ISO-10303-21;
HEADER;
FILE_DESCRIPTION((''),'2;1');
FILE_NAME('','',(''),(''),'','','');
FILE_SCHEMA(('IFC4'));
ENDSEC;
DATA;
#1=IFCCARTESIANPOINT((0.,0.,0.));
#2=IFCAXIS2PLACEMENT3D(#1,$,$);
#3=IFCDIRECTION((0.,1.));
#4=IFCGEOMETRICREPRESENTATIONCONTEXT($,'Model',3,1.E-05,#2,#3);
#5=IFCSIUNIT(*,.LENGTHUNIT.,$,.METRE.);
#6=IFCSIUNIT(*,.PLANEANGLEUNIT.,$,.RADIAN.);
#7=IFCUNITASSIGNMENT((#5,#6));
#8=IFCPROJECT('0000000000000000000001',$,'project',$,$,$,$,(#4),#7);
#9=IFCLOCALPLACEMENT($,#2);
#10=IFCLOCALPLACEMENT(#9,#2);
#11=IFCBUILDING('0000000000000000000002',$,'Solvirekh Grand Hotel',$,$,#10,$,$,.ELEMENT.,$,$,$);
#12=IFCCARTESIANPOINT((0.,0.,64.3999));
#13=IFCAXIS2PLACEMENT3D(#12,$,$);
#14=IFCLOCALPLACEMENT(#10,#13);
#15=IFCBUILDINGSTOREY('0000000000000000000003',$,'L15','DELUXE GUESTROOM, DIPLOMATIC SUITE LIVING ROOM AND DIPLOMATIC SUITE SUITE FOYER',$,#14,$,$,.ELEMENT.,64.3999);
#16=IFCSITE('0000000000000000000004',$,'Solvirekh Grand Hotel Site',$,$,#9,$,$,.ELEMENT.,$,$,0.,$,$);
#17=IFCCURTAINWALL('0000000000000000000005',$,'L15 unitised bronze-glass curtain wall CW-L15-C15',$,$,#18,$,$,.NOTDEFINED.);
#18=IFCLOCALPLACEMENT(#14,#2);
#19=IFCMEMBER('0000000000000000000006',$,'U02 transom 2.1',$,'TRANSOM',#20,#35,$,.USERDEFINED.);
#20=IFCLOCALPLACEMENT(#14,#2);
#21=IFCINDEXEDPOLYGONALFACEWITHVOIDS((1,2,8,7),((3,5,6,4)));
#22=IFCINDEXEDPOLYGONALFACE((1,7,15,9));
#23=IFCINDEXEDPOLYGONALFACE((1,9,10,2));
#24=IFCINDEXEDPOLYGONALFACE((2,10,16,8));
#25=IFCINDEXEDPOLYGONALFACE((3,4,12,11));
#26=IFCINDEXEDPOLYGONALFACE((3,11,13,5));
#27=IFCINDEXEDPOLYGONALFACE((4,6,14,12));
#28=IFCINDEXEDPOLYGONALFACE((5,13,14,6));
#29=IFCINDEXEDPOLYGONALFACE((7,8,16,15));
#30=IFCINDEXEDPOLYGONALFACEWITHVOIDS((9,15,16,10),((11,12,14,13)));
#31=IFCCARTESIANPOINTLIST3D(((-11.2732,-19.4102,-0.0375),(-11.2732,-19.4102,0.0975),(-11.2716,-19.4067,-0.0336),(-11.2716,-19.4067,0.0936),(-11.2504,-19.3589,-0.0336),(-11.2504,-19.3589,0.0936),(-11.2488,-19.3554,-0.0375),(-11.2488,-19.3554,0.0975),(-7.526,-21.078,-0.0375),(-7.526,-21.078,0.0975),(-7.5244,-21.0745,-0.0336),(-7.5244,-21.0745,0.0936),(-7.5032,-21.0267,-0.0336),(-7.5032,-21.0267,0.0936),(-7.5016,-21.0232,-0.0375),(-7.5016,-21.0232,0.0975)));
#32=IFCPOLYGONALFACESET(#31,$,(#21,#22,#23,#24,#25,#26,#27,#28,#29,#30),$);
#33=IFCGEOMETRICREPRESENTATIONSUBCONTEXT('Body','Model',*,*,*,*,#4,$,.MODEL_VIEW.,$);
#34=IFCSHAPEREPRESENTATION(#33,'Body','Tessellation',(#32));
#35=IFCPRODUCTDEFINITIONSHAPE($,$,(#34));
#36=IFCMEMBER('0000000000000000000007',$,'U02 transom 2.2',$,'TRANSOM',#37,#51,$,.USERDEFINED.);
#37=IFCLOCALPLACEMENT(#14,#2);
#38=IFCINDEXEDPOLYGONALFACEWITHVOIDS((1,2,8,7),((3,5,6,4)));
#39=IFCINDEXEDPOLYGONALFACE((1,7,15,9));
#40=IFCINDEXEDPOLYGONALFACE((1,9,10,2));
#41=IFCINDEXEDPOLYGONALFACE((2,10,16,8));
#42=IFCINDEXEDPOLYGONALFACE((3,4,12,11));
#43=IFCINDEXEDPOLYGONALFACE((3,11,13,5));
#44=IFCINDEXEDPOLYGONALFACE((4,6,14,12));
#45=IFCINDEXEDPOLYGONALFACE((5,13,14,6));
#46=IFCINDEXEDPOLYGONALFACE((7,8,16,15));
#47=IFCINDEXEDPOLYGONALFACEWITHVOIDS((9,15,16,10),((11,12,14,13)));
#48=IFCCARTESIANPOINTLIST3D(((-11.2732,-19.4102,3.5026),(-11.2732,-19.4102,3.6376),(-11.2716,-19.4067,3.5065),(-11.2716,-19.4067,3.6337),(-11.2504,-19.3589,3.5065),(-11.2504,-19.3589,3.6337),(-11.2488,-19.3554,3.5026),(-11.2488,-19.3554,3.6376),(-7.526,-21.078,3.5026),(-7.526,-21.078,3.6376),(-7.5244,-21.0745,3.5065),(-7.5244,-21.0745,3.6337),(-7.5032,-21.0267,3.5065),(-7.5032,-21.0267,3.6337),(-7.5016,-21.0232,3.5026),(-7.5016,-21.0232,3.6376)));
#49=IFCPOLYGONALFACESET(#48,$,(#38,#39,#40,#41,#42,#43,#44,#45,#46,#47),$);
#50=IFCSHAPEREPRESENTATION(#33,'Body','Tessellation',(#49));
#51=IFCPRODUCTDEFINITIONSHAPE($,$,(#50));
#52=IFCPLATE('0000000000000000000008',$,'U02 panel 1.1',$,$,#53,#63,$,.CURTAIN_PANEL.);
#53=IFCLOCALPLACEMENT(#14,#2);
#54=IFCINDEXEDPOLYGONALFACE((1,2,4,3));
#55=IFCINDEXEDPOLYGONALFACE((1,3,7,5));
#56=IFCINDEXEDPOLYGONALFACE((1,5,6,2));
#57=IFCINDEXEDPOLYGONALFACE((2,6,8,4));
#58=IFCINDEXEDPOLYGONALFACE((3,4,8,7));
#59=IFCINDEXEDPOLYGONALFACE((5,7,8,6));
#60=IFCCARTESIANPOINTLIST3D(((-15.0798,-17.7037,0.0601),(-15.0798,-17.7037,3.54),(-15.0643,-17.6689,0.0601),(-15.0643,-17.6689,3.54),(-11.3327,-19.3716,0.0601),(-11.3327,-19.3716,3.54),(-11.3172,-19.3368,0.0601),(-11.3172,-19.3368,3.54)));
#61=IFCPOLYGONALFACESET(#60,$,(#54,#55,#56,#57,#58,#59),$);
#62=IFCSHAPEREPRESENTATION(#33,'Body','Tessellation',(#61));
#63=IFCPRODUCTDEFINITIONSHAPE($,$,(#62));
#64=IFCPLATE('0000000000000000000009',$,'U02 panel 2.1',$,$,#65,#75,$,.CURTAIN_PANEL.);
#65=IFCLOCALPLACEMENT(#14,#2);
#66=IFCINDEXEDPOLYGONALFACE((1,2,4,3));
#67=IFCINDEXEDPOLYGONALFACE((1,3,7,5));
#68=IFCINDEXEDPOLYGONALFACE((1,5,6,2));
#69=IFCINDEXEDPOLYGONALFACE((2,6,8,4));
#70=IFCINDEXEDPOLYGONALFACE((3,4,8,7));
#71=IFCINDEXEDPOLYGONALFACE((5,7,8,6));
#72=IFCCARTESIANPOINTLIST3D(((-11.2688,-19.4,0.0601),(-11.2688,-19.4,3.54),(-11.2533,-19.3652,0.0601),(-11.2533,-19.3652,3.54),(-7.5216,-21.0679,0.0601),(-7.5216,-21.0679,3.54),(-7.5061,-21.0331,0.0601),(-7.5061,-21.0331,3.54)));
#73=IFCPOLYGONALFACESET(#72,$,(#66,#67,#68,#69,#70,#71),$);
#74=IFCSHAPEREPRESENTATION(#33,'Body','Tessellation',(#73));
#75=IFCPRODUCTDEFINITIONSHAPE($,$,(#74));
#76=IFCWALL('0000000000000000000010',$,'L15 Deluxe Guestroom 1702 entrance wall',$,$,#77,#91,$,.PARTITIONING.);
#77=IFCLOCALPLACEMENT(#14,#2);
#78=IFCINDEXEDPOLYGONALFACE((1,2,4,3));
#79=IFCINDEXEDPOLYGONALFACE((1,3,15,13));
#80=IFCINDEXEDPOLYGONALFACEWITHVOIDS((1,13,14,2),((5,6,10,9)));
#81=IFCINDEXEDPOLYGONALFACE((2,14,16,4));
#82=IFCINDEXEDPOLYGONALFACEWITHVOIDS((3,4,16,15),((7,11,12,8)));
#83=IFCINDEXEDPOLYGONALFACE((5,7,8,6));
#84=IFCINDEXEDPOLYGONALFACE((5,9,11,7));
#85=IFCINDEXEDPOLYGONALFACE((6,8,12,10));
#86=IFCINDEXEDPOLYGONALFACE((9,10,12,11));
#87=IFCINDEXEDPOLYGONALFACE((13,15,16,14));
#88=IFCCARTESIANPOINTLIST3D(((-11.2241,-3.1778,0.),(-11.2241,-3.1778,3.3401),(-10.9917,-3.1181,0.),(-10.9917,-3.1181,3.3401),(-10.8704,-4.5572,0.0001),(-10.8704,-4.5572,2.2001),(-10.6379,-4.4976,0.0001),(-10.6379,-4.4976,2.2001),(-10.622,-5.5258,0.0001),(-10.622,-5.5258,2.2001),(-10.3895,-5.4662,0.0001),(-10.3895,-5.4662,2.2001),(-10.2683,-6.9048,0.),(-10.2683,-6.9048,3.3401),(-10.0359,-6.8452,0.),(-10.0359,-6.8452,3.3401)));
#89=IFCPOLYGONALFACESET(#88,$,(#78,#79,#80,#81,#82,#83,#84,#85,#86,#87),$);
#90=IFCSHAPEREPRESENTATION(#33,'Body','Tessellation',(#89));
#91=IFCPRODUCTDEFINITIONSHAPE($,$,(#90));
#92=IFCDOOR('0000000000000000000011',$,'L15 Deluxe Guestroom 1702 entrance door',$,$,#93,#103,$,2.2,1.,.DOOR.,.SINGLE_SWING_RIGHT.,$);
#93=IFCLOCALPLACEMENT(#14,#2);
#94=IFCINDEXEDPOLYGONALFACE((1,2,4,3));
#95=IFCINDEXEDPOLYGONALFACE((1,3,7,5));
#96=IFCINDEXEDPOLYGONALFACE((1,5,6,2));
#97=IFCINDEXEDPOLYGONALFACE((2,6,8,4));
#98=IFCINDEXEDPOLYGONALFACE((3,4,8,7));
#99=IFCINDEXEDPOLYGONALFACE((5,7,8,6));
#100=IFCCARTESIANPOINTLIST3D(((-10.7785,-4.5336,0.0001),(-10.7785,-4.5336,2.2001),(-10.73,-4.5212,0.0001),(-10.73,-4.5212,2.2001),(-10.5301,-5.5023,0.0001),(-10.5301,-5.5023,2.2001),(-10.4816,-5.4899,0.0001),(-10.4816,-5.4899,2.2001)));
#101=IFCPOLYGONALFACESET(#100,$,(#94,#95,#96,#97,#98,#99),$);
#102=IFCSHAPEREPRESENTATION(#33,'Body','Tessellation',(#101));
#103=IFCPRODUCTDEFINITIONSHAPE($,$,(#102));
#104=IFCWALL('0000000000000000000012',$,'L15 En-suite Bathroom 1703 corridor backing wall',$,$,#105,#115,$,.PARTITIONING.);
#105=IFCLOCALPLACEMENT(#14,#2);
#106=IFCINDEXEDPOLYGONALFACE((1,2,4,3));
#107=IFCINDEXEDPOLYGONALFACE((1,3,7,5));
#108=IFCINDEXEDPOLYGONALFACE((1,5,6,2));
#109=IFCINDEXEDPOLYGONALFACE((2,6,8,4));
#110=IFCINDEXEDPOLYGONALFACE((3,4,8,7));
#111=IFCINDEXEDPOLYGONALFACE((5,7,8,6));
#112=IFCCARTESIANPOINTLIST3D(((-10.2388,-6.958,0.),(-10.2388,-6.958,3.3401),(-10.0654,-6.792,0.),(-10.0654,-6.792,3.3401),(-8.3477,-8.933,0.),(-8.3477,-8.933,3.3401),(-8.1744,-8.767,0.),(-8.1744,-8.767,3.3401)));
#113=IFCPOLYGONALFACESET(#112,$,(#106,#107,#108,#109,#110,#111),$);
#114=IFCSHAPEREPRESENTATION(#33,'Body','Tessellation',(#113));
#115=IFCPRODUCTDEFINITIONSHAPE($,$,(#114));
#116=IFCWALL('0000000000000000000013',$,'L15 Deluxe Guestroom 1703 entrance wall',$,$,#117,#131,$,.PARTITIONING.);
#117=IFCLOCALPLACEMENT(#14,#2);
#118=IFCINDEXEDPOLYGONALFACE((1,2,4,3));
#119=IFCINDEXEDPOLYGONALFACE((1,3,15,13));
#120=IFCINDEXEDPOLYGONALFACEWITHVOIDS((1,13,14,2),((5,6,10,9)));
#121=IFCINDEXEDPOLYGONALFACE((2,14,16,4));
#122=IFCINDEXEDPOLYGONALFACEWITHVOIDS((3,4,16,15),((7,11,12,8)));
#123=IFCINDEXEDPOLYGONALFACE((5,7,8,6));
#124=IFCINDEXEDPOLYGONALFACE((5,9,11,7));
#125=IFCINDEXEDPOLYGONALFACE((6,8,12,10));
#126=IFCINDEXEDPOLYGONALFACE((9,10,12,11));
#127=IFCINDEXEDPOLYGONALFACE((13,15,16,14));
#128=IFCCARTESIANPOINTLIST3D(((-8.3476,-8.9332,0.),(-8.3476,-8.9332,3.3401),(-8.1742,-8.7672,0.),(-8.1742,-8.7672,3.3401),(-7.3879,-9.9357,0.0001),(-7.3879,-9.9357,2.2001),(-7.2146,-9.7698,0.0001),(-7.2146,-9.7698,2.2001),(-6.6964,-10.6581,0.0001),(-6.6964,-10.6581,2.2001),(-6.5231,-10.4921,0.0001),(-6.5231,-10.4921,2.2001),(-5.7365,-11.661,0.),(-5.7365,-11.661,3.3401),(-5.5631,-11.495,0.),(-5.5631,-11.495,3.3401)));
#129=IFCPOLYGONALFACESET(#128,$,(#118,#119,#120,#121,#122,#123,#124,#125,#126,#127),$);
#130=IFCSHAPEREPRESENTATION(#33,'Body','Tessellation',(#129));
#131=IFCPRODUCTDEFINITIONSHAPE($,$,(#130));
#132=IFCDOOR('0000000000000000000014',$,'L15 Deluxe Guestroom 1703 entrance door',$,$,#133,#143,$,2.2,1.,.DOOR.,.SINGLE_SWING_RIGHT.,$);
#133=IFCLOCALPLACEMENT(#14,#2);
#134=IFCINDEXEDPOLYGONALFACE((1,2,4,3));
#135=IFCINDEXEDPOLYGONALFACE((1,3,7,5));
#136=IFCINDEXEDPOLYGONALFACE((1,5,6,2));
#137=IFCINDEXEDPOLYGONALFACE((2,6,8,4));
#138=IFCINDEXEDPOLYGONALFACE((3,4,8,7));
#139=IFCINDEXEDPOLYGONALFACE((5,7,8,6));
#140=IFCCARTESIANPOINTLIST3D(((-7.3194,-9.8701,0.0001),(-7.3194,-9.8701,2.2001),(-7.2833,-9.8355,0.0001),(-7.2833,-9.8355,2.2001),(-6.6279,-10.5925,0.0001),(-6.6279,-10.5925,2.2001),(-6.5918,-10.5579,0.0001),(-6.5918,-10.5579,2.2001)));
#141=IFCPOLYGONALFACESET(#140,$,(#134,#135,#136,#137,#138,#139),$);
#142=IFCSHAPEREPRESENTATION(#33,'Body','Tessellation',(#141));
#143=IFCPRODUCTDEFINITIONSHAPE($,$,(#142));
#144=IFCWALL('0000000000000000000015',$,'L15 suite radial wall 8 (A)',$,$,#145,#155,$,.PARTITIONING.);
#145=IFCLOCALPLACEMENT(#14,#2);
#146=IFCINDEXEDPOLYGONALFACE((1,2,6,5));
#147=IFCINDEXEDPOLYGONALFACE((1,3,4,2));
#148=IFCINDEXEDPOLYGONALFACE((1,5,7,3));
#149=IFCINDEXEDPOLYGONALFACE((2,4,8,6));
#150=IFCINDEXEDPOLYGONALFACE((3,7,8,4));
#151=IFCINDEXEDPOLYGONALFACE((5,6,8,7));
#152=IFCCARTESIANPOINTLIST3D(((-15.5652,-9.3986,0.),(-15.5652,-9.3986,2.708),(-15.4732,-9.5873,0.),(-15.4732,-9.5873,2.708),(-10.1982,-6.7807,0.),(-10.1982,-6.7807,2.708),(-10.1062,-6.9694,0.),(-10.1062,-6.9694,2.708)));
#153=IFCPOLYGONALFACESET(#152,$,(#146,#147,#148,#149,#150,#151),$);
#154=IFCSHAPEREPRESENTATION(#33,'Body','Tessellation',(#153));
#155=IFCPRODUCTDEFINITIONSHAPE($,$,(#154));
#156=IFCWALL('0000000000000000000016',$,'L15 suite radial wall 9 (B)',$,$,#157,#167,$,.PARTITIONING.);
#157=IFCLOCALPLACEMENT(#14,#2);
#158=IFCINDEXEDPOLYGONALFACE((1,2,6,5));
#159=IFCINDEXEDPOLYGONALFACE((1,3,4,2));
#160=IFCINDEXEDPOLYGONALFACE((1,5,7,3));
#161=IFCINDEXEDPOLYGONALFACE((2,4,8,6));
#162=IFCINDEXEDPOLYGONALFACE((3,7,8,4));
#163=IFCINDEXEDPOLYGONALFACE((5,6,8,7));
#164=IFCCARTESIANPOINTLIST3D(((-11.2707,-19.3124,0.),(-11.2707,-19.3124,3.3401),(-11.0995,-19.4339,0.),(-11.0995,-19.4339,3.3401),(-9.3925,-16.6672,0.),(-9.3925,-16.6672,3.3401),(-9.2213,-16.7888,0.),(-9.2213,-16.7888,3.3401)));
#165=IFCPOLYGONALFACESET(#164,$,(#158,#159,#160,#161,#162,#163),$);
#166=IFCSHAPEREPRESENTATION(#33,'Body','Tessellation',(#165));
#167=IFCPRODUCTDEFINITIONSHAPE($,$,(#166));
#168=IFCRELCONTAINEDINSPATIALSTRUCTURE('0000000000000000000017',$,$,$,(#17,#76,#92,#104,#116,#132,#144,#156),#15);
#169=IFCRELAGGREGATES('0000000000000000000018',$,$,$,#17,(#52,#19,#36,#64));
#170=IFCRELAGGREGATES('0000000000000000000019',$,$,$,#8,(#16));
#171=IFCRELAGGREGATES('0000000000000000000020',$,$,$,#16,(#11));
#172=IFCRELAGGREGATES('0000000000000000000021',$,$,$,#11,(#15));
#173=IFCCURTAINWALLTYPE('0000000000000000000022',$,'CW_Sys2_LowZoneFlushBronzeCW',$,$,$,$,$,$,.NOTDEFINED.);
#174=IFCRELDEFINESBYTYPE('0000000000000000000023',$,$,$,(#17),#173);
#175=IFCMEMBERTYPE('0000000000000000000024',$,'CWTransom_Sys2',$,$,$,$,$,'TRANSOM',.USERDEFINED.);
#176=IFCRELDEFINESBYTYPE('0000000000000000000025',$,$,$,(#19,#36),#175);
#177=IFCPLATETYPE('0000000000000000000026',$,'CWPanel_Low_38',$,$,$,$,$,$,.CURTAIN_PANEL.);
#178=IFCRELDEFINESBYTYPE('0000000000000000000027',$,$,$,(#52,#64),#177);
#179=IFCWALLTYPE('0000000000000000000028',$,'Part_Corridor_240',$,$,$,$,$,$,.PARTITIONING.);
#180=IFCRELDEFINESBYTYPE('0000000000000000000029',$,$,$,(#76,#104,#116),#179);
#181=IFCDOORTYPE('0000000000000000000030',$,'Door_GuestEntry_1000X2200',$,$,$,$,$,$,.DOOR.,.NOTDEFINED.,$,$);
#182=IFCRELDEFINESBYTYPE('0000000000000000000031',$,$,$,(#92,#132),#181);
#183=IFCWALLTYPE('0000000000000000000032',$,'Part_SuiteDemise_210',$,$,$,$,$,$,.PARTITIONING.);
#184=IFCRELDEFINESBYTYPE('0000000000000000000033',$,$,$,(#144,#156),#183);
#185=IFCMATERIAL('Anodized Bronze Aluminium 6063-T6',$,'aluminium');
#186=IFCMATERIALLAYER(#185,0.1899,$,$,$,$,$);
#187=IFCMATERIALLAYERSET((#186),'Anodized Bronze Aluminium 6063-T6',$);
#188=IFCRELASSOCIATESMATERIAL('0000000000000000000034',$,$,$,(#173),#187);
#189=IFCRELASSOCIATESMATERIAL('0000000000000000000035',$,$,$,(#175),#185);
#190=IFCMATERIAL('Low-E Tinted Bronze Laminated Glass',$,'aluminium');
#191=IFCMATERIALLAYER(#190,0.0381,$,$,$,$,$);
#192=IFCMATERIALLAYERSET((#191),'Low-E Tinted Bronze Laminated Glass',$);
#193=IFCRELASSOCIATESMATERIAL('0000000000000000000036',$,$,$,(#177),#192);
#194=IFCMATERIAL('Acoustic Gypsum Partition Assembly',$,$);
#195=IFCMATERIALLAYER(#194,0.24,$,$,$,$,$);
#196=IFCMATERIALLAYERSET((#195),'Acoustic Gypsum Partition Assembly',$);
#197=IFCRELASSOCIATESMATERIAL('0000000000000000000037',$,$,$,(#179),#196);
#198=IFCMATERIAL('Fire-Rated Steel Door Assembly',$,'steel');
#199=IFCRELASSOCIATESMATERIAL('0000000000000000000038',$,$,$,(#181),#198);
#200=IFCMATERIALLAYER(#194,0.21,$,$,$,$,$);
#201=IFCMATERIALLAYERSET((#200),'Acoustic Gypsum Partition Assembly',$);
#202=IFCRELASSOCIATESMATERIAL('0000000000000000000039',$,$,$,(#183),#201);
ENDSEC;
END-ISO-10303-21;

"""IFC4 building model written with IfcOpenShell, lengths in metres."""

from ifc_helpers import new_model, si_unit, direction, frame, frame_2d, origin, origin_2d, place, context, subcontext, project, spatial, rectangle, hollow_rectangle, extrude, source, transform, mapped, material, layer, layer_set, material_profile, profile_set, type_object, element, fill, aggregate, save


model = new_model("IFC4")

# Units and contexts
model_context = context("Model", 3, precision=1e-05, world=origin(), true_north=direction((0.0, 1.0)))
body_context = subcontext(model_context, "Body", "Model", "MODEL_VIEW")
ifc_project = project(units=[si_unit("LENGTHUNIT", "METRE"), si_unit("PLANEANGLEUNIT", "RADIAN")], contexts=[model_context])

# Site, building, storey
site_placement = place(None, origin())
site = spatial("IfcSite", under=ifc_project, at=site_placement, Name="Solvirekh Grand Hotel Site", CompositionType="ELEMENT", RefElevation=0.0)
building_placement = place(site_placement, origin())
building = spatial("IfcBuilding", under=site, at=building_placement, Name="Solvirekh Grand Hotel", CompositionType="ELEMENT")
storey_placement = place(building_placement, frame((0.0, 0.0, 64.3999)))
storey = spatial("IfcBuildingStorey", under=building, at=storey_placement, Name="L15", Description="DELUXE GUESTROOM, DIPLOMATIC SUITE LIVING ROOM AND DIPLOMATIC SUITE SUITE FOYER", CompositionType="ELEMENT", Elevation=64.3999)

# Curtain wall, members, plates
ifc_material_1 = material(Name="Anodized Bronze Aluminium 6063-T6", Category="aluminium")
ifc_layer_1 = layer(ifc_material_1, 0.1899)
ifc_layer_set_1 = layer_set([ifc_layer_1], Name="Anodized Bronze Aluminium 6063-T6")
curtain_wall_type = type_object("IfcCurtainWallType", Name="CW_Sys2_LowZoneFlushBronzeCW", PredefinedType="NOTDEFINED", material=ifc_layer_set_1)
curtain_wall_placement = place(storey_placement, origin())
curtain_wall = element("IfcCurtainWall", 1, at=curtain_wall_placement, inside=storey, type_object=curtain_wall_type, Name="L15 unitised bronze-glass curtain wall CW-L15-C15", PredefinedType="NOTDEFINED")
ifc_material_profile_1 = material_profile(ifc_material_1, hollow_rectangle(XDim=0.0601, YDim=0.135, WallThickness=0.0039, at=origin_2d()), Name="ALU RHS 135X60X4")
ifc_profile_set_1 = profile_set([ifc_material_profile_1], Name="Anodized Bronze Aluminium 6063-T6")
member_type_1 = type_object("IfcMemberType", Name="CWTransom_Sys2", ElementType="TRANSOM", PredefinedType="USERDEFINED", material=ifc_profile_set_1)
shared_shape_1 = source(origin(), body_context, "Body", "SweptSolid", [
    extrude(hollow_rectangle(XDim=0.0601, YDim=0.135, WallThickness=0.0039, at=origin_2d()), origin(), (0.0, 0.0, 1.0), 4.1016),
])
member_1_placement = place(storey_placement, frame((-11.261, -19.3828, 0.03), z_axis=(0.913598, -0.406619, 0.0), x_axis=(0.406619, 0.913598, 0.0)))
member_1 = element("IfcMember", 2, at=member_1_placement, type_object=member_type_1, Name="U02 transom 2.1", ObjectType="TRANSOM", PredefinedType="USERDEFINED", context=body_context, shape_type="MappedRepresentation", body=[
    mapped(shared_shape_1, transform((0.0, 0.0, 0.0), x_axis=(1.0, 0.0, 0.0), y_axis=(0.0, 1.0, 0.0), z_axis=(0.0, 0.0, 1.0), scale=1.0)),
])
member_2_placement = place(storey_placement, frame((-11.261, -19.3828, 3.5701), z_axis=(0.913598, -0.406619, 0.0), x_axis=(0.406619, 0.913598, 0.0)))
member_2 = element("IfcMember", 3, at=member_2_placement, type_object=member_type_1, Name="U02 transom 2.2", ObjectType="TRANSOM", PredefinedType="USERDEFINED", context=body_context, shape_type="MappedRepresentation", body=[
    mapped(shared_shape_1, transform((0.0, 0.0, 0.0), x_axis=(1.0, 0.0, 0.0), y_axis=(0.0, 1.0, 0.0), z_axis=(0.0, 0.0, 1.0), scale=1.0)),
])
ifc_material_2 = material(Name="Low-E Tinted Bronze Laminated Glass", Category="aluminium")
ifc_layer_2 = layer(ifc_material_2, 0.0381)
ifc_layer_set_2 = layer_set([ifc_layer_2], Name="Low-E Tinted Bronze Laminated Glass")
plate_type = type_object("IfcPlateType", Name="CWPanel_Low_38", PredefinedType="CURTAIN_PANEL", material=ifc_layer_set_2)
shared_shape_2 = source(origin(), body_context, "Body", "SweptSolid", [
    extrude(rectangle(XDim=4.1016, YDim=0.0381, at=origin_2d()), origin(), (0.0, 0.0, 1.0), 3.48),
])
plate_1_placement = place(storey_placement, frame((-13.1985, -18.5203, 0.0601), z_axis=(0.0, 0.0, 1.0), x_axis=(0.913591, -0.406635, 0.0)))
plate_1 = element("IfcPlate", 4, at=plate_1_placement, type_object=plate_type, Name="U02 panel 1.1", PredefinedType="CURTAIN_PANEL", context=body_context, shape_type="MappedRepresentation", body=[
    mapped(shared_shape_2, transform((0.0, 0.0, 0.0), x_axis=(1.0, 0.0, 0.0), y_axis=(0.0, 1.0, 0.0), z_axis=(0.0, 0.0, 1.0), scale=1.0)),
])
plate_2_placement = place(storey_placement, frame((-9.3875, -20.2166, 0.0601), z_axis=(0.0, 0.0, 1.0), x_axis=(0.913591, -0.406635, 0.0)))
plate_2 = element("IfcPlate", 5, at=plate_2_placement, type_object=plate_type, Name="U02 panel 2.1", PredefinedType="CURTAIN_PANEL", context=body_context, shape_type="MappedRepresentation", body=[
    mapped(shared_shape_2, transform((0.0, 0.0, 0.0), x_axis=(1.0, 0.0, 0.0), y_axis=(0.0, 1.0, 0.0), z_axis=(0.0, 0.0, 1.0), scale=1.0)),
])
aggregate(curtain_wall, [plate_1, member_1, member_2, plate_2])

# Wall, opening, door
ifc_material_3 = material(Name="Acoustic Gypsum Partition Assembly")
ifc_layer_3 = layer(ifc_material_3, 0.24)
ifc_layer_set_3 = layer_set([ifc_layer_3], Name="Acoustic Gypsum Partition Assembly")
wall_type_1 = type_object("IfcWallType", Name="Part_Corridor_240", PredefinedType="PARTITIONING", material=ifc_layer_set_3)
wall_1_placement = place(storey_placement, frame((-11.1079, -3.1479, 0.0), z_axis=(0.0, 0.0, 1.0), x_axis=(0.248414, -0.968654, 0.0)))
wall_1 = element("IfcWall", 6, at=wall_1_placement, inside=storey, type_object=wall_type_1, Name="L15 Deluxe Guestroom 1702 entrance wall", PredefinedType="PARTITIONING", context=body_context, shape_type="SweptSolid", body=[
    extrude(rectangle(XDim=3.8477, YDim=0.24, at=frame_2d((1.9238, 0.0))), origin(), (0.0, 0.0, 1.0), 3.3401),
])
opening_1_placement = place(wall_1_placement, frame((1.4241, 0.0, 0.0)))
opening_1 = element("IfcOpeningElement", 7, at=opening_1_placement, cuts=wall_1, PredefinedType="OPENING", context=body_context, shape_type="SweptSolid", body=[
    extrude(rectangle(XDim=1.0, YDim=2.2, at=frame_2d((0.5, 1.1001))), frame((0.0, 0.1299, 0.0), z_axis=(0.0, -1.0, 0.0), x_axis=(1.0, 0.0, 0.0)), (0.0, 0.0, 1.0), 0.26),
])
ifc_material_4 = material(Name="Fire-Rated Steel Door Assembly", Category="steel")
door_type_1 = type_object("IfcDoorType", Name="Door_GuestEntry_1000X2200", OperationType="NOTDEFINED", PredefinedType="DOOR", material=ifc_material_4)
door_1_placement = place(opening_1_placement, origin())
door_1 = element("IfcDoor", 8, at=door_1_placement, inside=storey, type_object=door_type_1, Name="L15 Deluxe Guestroom 1702 entrance door", OperationType="SINGLE_SWING_RIGHT", OverallHeight=2.2, OverallWidth=1.0, PredefinedType="DOOR", context=body_context, shape_type="SweptSolid", body=[
    extrude(rectangle(XDim=1.0, YDim=2.2, at=frame_2d((0.5, 1.1001))), frame((0.0, 0.0249, 0.0), z_axis=(0.0, -1.0, 0.0), x_axis=(1.0, 0.0, 0.0)), (0.0, 0.0, 1.0), 0.05),
])
fill(opening_1, door_1)

# Wall
wall_2_placement = place(storey_placement, frame((-10.1521, -6.875, 0.0), z_axis=(0.0, 0.0, 1.0), x_axis=(0.691583, -0.722297, 0.0)))
element("IfcWall", 9, at=wall_2_placement, inside=storey, type_object=wall_type_1, Name="L15 En-suite Bathroom 1703 corridor backing wall", PredefinedType="PARTITIONING", context=body_context, shape_type="SweptSolid", body=[
    extrude(rectangle(XDim=2.7344, YDim=0.24, at=frame_2d((1.3672, 0.0))), origin(), (0.0, 0.0, 1.0), 3.3401),
])

# Wall, opening, door
wall_3_placement = place(storey_placement, frame((-8.261, -8.8501, 0.0), z_axis=(0.0, 0.0, 1.0), x_axis=(0.691485, -0.72239, 0.0)))
wall_3 = element("IfcWall", 10, at=wall_3_placement, inside=storey, type_object=wall_type_1, Name="L15 Deluxe Guestroom 1703 entrance wall", PredefinedType="PARTITIONING", context=body_context, shape_type="SweptSolid", body=[
    extrude(rectangle(XDim=3.7761, YDim=0.24, at=frame_2d((1.8882, 0.0))), origin(), (0.0, 0.0, 1.0), 3.3401),
])
opening_2_placement = place(wall_3_placement, frame((1.3879, 0.0, 0.0)))
opening_2 = element("IfcOpeningElement", 11, at=opening_2_placement, cuts=wall_3, PredefinedType="OPENING", context=body_context, shape_type="SweptSolid", body=[
    extrude(rectangle(XDim=1.0, YDim=2.2, at=frame_2d((0.5, 1.1001))), frame((0.0, 0.1299, 0.0), z_axis=(0.0, -1.0, 0.0), x_axis=(1.0, 0.0, 0.0)), (0.0, 0.0, 1.0), 0.26),
])
door_2_placement = place(opening_2_placement, origin())
door_2 = element("IfcDoor", 12, at=door_2_placement, inside=storey, type_object=door_type_1, Name="L15 Deluxe Guestroom 1703 entrance door", OperationType="SINGLE_SWING_RIGHT", OverallHeight=2.2, OverallWidth=1.0, PredefinedType="DOOR", context=body_context, shape_type="SweptSolid", body=[
    extrude(rectangle(XDim=1.0, YDim=2.2, at=frame_2d((0.5, 1.1001))), frame((0.0, 0.0249, 0.0), z_axis=(0.0, -1.0, 0.0), x_axis=(1.0, 0.0, 0.0)), (0.0, 0.0, 1.0), 0.05),
])
fill(opening_2, door_2)

# Walls
ifc_layer_4 = layer(ifc_material_3, 0.21)
ifc_layer_set_4 = layer_set([ifc_layer_4], Name="Acoustic Gypsum Partition Assembly")
wall_type_2 = type_object("IfcWallType", Name="Part_SuiteDemise_210", PredefinedType="PARTITIONING", material=ifc_layer_set_4)
wall_4_placement = place(storey_placement, frame((-10.1521, -6.875, 0.0), z_axis=(0.0, 0.0, 1.0), x_axis=(-0.898775, -0.43841, 0.0)))
element("IfcWall", 13, at=wall_4_placement, inside=storey, type_object=wall_type_2, Name="L15 suite radial wall 8 (A)", PredefinedType="PARTITIONING", context=body_context, shape_type="SweptSolid", body=[
    extrude(rectangle(XDim=5.9714, YDim=0.21, at=frame_2d((2.9858, 0.0))), origin(), (0.0, 0.0, 1.0), 2.708),
])
wall_5_placement = place(storey_placement, frame((-9.3069, -16.728, 0.0), z_axis=(0.0, 0.0, 1.0), x_axis=(-0.578965, -0.815352, 0.0)))
element("IfcWall", 14, at=wall_5_placement, inside=storey, type_object=wall_type_2, Name="L15 suite radial wall 9 (B)", PredefinedType="PARTITIONING", context=body_context, shape_type="SweptSolid", body=[
    extrude(rectangle(XDim=3.2441, YDim=0.21, at=frame_2d((1.6221, 0.0))), origin(), (0.0, 0.0, 1.0), 3.3401),
])

save(model, "model.ifc")
